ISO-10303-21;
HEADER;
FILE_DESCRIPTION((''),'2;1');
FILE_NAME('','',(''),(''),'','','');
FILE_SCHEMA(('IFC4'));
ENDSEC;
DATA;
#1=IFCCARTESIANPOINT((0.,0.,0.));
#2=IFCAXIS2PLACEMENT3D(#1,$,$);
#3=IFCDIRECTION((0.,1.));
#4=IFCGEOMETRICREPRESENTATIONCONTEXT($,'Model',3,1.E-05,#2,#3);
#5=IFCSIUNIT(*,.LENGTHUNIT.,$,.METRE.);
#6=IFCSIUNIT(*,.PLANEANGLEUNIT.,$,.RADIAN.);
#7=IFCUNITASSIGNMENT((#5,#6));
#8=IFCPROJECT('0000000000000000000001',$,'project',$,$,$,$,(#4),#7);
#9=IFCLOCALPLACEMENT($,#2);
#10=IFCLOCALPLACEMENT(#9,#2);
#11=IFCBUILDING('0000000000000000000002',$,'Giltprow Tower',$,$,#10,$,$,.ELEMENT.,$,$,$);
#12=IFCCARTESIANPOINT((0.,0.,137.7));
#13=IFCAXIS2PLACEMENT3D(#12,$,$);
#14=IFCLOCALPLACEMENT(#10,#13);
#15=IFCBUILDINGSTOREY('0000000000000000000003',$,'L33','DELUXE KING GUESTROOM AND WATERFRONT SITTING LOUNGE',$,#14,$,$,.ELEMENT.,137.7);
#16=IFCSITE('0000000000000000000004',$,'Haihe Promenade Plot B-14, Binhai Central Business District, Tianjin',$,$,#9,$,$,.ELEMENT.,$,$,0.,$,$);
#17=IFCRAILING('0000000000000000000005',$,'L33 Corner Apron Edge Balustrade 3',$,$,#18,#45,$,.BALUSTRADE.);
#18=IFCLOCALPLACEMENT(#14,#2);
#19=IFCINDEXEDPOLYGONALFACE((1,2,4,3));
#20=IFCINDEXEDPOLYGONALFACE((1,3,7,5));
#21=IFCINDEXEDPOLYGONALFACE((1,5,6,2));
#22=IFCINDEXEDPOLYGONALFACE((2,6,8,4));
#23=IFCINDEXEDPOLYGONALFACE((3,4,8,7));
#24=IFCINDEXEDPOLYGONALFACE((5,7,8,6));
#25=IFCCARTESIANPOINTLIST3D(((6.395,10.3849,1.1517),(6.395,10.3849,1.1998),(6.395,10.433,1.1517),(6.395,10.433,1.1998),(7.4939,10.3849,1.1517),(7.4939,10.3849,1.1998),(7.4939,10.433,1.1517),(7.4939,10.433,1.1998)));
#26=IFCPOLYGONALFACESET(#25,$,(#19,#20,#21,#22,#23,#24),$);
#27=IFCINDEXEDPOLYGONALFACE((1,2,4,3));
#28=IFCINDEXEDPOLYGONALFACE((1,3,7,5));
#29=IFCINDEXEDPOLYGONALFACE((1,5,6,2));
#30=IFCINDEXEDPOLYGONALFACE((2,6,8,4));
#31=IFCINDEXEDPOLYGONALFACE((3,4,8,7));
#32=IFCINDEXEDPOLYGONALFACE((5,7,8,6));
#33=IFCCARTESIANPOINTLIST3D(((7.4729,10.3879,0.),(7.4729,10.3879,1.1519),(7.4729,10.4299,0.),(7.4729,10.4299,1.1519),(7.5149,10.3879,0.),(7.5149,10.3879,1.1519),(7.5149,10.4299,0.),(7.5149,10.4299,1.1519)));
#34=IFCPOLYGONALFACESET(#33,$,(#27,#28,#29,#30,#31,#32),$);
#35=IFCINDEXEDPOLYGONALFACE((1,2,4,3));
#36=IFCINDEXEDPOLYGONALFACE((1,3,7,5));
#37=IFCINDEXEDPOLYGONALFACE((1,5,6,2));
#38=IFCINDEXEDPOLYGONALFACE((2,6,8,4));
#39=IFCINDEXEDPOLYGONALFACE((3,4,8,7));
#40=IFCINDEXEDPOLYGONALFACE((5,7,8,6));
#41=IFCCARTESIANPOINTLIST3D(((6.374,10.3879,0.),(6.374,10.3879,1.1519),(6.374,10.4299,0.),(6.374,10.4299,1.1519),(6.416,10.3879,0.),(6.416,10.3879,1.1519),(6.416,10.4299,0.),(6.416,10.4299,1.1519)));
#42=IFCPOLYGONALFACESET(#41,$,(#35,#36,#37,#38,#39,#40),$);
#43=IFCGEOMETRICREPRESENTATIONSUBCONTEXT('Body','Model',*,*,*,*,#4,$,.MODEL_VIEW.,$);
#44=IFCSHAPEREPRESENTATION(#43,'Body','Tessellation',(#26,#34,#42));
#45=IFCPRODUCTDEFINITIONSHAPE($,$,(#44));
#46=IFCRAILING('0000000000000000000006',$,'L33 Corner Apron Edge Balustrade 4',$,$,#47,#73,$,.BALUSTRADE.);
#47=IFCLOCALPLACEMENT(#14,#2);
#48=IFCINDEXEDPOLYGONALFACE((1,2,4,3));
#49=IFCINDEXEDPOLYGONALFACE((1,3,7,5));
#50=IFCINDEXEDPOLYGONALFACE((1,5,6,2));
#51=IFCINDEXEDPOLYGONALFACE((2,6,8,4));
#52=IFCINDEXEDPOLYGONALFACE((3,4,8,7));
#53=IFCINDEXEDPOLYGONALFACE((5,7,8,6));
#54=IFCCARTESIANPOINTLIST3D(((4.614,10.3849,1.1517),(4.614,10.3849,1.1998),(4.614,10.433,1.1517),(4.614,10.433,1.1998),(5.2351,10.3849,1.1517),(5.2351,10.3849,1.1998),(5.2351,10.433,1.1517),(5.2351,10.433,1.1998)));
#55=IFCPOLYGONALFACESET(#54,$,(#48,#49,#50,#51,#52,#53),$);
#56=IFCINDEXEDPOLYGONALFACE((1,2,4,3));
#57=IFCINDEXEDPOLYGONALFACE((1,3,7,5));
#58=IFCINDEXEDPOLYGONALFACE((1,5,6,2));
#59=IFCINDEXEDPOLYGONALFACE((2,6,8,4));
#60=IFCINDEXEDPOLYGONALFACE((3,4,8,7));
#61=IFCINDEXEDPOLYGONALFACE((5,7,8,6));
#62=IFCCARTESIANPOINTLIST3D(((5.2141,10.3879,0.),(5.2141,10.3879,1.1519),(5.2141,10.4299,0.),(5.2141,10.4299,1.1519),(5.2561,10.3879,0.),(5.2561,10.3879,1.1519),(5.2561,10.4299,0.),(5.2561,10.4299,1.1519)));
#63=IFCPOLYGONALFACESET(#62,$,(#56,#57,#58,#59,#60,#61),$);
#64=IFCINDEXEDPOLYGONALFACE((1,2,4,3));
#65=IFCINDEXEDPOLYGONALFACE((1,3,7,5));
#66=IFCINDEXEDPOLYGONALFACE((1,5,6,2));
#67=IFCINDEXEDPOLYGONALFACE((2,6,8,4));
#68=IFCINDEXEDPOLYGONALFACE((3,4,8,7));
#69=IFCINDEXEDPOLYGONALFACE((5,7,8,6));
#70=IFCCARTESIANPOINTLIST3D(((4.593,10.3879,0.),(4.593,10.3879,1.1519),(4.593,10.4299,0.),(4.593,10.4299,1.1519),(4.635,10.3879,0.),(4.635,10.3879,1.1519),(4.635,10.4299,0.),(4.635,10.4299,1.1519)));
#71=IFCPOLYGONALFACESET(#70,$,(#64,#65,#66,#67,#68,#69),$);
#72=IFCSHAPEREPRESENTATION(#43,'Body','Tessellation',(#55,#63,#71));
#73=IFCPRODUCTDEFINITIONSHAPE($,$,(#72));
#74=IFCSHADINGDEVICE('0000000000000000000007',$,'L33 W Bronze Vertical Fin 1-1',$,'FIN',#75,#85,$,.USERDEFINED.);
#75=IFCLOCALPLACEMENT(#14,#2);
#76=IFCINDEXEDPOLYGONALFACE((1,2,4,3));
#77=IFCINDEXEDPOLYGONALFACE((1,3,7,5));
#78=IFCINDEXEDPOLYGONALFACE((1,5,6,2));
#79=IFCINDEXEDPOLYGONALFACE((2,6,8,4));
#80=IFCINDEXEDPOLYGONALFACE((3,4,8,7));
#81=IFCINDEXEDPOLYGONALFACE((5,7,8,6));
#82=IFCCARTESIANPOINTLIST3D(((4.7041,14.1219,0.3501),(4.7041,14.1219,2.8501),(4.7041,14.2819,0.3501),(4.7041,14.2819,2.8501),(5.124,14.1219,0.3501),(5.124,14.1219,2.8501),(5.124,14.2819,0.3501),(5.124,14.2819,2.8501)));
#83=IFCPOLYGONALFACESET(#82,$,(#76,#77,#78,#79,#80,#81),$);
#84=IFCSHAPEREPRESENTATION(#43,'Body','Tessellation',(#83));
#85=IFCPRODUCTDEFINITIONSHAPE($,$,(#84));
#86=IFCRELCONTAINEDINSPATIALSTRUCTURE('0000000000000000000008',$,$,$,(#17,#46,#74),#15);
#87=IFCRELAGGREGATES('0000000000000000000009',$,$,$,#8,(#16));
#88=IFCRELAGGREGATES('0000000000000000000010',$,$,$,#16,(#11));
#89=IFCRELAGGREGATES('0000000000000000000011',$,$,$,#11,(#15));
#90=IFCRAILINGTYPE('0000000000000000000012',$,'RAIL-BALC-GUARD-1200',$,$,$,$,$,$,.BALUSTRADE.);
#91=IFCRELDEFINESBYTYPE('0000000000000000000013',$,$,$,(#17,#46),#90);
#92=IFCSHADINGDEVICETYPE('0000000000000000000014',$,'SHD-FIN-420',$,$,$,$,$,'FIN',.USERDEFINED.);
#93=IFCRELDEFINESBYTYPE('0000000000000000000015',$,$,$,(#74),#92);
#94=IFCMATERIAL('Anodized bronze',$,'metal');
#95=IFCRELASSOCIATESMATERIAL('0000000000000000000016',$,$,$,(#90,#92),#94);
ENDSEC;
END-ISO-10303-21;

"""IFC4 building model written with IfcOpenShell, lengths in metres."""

from ifc_helpers import new_model, si_unit, direction, frame, origin, origin_2d, place, context, subcontext, project, spatial, rectangle, extrude, source, transform, mapped, material, type_object, element, save


model = new_model("IFC4")

# Units and contexts
model_context = context("Model", 3, precision=1e-05, world=origin(), true_north=direction((0.0, 1.0)))
body_context = subcontext(model_context, "Body", "Model", "MODEL_VIEW")
ifc_project = project(units=[si_unit("LENGTHUNIT", "METRE"), si_unit("PLANEANGLEUNIT", "RADIAN")], contexts=[model_context])

# Site, building, storey
site_placement = place(None, origin())
site = spatial("IfcSite", under=ifc_project, at=site_placement, Name="Haihe Promenade Plot B-14, Binhai Central Business District, Tianjin", CompositionType="ELEMENT", RefElevation=0.0)
building_placement = place(site_placement, origin())
building = spatial("IfcBuilding", under=site, at=building_placement, Name="Giltprow Tower", CompositionType="ELEMENT")
storey_placement = place(building_placement, frame((0.0, 0.0, 137.7)))
storey = spatial("IfcBuildingStorey", under=building, at=storey_placement, Name="L33", Description="DELUXE KING GUESTROOM AND WATERFRONT SITTING LOUNGE", CompositionType="ELEMENT", Elevation=137.7)

# Shared definitions
ifc_material_1 = material(Name="Anodized bronze", Category="metal")

# Railings
railing_type = type_object("IfcRailingType", Name="RAIL-BALC-GUARD-1200", PredefinedType="BALUSTRADE", material=ifc_material_1)
railing_1_placement = place(storey_placement, frame((7.4939, 10.4089, 0.0)))
element("IfcRailing", 1, at=railing_1_placement, inside=storey, type_object=railing_type, Name="L33 Corner Apron Edge Balustrade 3", PredefinedType="BALUSTRADE", context=body_context, shape_type="SweptSolid", body=[
    extrude(rectangle(XDim=0.0481, YDim=0.0481, at=origin_2d()), frame((0.0, 0.0, 1.1758), z_axis=(-1.0, 0.0, 0.0), x_axis=(0.0, -1.0, 0.0)), (0.0, 0.0, 1.0), 1.0989),
    extrude(rectangle(XDim=0.042, YDim=0.042, at=origin_2d()), origin(), (0.0, 0.0, 1.0), 1.1519),
    extrude(rectangle(XDim=0.042, YDim=0.042, at=origin_2d()), frame((-1.0989, 0.0, 0.0)), (0.0, 0.0, 1.0), 1.1519),
])
railing_2_placement = place(storey_placement, frame((5.2351, 10.4089, 0.0)))
element("IfcRailing", 2, at=railing_2_placement, inside=storey, type_object=railing_type, Name="L33 Corner Apron Edge Balustrade 4", PredefinedType="BALUSTRADE", context=body_context, shape_type="SweptSolid", body=[
    extrude(rectangle(XDim=0.0481, YDim=0.0481, at=origin_2d()), frame((0.0, 0.0, 1.1758), z_axis=(-1.0, 0.0, 0.0), x_axis=(0.0, -1.0, 0.0)), (0.0, 0.0, 1.0), 0.6211),
    extrude(rectangle(XDim=0.042, YDim=0.042, at=origin_2d()), origin(), (0.0, 0.0, 1.0), 1.1519),
    extrude(rectangle(XDim=0.042, YDim=0.042, at=origin_2d()), frame((-0.6211, 0.0, 0.0)), (0.0, 0.0, 1.0), 1.1519),
])

# Shading device
shading_device_type = type_object("IfcShadingDeviceType", Name="SHD-FIN-420", ElementType="FIN", PredefinedType="USERDEFINED", material=ifc_material_1)
shared_shape_1 = source(origin(), body_context, "Body", "SweptSolid", [
    extrude(rectangle(XDim=0.4199, YDim=0.1599, at=origin_2d()), origin(), (0.0, 0.0, 1.0), 2.5),
])
shading_device_placement = place(storey_placement, frame((4.9141, 14.2019, 0.3501), z_axis=(0.0, 0.0, 1.0), x_axis=(1.0, 0.0, 0.0)))
element("IfcShadingDevice", 3, at=shading_device_placement, inside=storey, type_object=shading_device_type, Name="L33 W Bronze Vertical Fin 1-1", ObjectType="FIN", PredefinedType="USERDEFINED", context=body_context, shape_type="MappedRepresentation", body=[
    mapped(shared_shape_1, transform((0.0, 0.0, 0.0), x_axis=(1.0, 0.0, 0.0), y_axis=(0.0, 1.0, 0.0), z_axis=(0.0, 0.0, 1.0), scale=1.0)),
])

save(model, "model.ifc")
